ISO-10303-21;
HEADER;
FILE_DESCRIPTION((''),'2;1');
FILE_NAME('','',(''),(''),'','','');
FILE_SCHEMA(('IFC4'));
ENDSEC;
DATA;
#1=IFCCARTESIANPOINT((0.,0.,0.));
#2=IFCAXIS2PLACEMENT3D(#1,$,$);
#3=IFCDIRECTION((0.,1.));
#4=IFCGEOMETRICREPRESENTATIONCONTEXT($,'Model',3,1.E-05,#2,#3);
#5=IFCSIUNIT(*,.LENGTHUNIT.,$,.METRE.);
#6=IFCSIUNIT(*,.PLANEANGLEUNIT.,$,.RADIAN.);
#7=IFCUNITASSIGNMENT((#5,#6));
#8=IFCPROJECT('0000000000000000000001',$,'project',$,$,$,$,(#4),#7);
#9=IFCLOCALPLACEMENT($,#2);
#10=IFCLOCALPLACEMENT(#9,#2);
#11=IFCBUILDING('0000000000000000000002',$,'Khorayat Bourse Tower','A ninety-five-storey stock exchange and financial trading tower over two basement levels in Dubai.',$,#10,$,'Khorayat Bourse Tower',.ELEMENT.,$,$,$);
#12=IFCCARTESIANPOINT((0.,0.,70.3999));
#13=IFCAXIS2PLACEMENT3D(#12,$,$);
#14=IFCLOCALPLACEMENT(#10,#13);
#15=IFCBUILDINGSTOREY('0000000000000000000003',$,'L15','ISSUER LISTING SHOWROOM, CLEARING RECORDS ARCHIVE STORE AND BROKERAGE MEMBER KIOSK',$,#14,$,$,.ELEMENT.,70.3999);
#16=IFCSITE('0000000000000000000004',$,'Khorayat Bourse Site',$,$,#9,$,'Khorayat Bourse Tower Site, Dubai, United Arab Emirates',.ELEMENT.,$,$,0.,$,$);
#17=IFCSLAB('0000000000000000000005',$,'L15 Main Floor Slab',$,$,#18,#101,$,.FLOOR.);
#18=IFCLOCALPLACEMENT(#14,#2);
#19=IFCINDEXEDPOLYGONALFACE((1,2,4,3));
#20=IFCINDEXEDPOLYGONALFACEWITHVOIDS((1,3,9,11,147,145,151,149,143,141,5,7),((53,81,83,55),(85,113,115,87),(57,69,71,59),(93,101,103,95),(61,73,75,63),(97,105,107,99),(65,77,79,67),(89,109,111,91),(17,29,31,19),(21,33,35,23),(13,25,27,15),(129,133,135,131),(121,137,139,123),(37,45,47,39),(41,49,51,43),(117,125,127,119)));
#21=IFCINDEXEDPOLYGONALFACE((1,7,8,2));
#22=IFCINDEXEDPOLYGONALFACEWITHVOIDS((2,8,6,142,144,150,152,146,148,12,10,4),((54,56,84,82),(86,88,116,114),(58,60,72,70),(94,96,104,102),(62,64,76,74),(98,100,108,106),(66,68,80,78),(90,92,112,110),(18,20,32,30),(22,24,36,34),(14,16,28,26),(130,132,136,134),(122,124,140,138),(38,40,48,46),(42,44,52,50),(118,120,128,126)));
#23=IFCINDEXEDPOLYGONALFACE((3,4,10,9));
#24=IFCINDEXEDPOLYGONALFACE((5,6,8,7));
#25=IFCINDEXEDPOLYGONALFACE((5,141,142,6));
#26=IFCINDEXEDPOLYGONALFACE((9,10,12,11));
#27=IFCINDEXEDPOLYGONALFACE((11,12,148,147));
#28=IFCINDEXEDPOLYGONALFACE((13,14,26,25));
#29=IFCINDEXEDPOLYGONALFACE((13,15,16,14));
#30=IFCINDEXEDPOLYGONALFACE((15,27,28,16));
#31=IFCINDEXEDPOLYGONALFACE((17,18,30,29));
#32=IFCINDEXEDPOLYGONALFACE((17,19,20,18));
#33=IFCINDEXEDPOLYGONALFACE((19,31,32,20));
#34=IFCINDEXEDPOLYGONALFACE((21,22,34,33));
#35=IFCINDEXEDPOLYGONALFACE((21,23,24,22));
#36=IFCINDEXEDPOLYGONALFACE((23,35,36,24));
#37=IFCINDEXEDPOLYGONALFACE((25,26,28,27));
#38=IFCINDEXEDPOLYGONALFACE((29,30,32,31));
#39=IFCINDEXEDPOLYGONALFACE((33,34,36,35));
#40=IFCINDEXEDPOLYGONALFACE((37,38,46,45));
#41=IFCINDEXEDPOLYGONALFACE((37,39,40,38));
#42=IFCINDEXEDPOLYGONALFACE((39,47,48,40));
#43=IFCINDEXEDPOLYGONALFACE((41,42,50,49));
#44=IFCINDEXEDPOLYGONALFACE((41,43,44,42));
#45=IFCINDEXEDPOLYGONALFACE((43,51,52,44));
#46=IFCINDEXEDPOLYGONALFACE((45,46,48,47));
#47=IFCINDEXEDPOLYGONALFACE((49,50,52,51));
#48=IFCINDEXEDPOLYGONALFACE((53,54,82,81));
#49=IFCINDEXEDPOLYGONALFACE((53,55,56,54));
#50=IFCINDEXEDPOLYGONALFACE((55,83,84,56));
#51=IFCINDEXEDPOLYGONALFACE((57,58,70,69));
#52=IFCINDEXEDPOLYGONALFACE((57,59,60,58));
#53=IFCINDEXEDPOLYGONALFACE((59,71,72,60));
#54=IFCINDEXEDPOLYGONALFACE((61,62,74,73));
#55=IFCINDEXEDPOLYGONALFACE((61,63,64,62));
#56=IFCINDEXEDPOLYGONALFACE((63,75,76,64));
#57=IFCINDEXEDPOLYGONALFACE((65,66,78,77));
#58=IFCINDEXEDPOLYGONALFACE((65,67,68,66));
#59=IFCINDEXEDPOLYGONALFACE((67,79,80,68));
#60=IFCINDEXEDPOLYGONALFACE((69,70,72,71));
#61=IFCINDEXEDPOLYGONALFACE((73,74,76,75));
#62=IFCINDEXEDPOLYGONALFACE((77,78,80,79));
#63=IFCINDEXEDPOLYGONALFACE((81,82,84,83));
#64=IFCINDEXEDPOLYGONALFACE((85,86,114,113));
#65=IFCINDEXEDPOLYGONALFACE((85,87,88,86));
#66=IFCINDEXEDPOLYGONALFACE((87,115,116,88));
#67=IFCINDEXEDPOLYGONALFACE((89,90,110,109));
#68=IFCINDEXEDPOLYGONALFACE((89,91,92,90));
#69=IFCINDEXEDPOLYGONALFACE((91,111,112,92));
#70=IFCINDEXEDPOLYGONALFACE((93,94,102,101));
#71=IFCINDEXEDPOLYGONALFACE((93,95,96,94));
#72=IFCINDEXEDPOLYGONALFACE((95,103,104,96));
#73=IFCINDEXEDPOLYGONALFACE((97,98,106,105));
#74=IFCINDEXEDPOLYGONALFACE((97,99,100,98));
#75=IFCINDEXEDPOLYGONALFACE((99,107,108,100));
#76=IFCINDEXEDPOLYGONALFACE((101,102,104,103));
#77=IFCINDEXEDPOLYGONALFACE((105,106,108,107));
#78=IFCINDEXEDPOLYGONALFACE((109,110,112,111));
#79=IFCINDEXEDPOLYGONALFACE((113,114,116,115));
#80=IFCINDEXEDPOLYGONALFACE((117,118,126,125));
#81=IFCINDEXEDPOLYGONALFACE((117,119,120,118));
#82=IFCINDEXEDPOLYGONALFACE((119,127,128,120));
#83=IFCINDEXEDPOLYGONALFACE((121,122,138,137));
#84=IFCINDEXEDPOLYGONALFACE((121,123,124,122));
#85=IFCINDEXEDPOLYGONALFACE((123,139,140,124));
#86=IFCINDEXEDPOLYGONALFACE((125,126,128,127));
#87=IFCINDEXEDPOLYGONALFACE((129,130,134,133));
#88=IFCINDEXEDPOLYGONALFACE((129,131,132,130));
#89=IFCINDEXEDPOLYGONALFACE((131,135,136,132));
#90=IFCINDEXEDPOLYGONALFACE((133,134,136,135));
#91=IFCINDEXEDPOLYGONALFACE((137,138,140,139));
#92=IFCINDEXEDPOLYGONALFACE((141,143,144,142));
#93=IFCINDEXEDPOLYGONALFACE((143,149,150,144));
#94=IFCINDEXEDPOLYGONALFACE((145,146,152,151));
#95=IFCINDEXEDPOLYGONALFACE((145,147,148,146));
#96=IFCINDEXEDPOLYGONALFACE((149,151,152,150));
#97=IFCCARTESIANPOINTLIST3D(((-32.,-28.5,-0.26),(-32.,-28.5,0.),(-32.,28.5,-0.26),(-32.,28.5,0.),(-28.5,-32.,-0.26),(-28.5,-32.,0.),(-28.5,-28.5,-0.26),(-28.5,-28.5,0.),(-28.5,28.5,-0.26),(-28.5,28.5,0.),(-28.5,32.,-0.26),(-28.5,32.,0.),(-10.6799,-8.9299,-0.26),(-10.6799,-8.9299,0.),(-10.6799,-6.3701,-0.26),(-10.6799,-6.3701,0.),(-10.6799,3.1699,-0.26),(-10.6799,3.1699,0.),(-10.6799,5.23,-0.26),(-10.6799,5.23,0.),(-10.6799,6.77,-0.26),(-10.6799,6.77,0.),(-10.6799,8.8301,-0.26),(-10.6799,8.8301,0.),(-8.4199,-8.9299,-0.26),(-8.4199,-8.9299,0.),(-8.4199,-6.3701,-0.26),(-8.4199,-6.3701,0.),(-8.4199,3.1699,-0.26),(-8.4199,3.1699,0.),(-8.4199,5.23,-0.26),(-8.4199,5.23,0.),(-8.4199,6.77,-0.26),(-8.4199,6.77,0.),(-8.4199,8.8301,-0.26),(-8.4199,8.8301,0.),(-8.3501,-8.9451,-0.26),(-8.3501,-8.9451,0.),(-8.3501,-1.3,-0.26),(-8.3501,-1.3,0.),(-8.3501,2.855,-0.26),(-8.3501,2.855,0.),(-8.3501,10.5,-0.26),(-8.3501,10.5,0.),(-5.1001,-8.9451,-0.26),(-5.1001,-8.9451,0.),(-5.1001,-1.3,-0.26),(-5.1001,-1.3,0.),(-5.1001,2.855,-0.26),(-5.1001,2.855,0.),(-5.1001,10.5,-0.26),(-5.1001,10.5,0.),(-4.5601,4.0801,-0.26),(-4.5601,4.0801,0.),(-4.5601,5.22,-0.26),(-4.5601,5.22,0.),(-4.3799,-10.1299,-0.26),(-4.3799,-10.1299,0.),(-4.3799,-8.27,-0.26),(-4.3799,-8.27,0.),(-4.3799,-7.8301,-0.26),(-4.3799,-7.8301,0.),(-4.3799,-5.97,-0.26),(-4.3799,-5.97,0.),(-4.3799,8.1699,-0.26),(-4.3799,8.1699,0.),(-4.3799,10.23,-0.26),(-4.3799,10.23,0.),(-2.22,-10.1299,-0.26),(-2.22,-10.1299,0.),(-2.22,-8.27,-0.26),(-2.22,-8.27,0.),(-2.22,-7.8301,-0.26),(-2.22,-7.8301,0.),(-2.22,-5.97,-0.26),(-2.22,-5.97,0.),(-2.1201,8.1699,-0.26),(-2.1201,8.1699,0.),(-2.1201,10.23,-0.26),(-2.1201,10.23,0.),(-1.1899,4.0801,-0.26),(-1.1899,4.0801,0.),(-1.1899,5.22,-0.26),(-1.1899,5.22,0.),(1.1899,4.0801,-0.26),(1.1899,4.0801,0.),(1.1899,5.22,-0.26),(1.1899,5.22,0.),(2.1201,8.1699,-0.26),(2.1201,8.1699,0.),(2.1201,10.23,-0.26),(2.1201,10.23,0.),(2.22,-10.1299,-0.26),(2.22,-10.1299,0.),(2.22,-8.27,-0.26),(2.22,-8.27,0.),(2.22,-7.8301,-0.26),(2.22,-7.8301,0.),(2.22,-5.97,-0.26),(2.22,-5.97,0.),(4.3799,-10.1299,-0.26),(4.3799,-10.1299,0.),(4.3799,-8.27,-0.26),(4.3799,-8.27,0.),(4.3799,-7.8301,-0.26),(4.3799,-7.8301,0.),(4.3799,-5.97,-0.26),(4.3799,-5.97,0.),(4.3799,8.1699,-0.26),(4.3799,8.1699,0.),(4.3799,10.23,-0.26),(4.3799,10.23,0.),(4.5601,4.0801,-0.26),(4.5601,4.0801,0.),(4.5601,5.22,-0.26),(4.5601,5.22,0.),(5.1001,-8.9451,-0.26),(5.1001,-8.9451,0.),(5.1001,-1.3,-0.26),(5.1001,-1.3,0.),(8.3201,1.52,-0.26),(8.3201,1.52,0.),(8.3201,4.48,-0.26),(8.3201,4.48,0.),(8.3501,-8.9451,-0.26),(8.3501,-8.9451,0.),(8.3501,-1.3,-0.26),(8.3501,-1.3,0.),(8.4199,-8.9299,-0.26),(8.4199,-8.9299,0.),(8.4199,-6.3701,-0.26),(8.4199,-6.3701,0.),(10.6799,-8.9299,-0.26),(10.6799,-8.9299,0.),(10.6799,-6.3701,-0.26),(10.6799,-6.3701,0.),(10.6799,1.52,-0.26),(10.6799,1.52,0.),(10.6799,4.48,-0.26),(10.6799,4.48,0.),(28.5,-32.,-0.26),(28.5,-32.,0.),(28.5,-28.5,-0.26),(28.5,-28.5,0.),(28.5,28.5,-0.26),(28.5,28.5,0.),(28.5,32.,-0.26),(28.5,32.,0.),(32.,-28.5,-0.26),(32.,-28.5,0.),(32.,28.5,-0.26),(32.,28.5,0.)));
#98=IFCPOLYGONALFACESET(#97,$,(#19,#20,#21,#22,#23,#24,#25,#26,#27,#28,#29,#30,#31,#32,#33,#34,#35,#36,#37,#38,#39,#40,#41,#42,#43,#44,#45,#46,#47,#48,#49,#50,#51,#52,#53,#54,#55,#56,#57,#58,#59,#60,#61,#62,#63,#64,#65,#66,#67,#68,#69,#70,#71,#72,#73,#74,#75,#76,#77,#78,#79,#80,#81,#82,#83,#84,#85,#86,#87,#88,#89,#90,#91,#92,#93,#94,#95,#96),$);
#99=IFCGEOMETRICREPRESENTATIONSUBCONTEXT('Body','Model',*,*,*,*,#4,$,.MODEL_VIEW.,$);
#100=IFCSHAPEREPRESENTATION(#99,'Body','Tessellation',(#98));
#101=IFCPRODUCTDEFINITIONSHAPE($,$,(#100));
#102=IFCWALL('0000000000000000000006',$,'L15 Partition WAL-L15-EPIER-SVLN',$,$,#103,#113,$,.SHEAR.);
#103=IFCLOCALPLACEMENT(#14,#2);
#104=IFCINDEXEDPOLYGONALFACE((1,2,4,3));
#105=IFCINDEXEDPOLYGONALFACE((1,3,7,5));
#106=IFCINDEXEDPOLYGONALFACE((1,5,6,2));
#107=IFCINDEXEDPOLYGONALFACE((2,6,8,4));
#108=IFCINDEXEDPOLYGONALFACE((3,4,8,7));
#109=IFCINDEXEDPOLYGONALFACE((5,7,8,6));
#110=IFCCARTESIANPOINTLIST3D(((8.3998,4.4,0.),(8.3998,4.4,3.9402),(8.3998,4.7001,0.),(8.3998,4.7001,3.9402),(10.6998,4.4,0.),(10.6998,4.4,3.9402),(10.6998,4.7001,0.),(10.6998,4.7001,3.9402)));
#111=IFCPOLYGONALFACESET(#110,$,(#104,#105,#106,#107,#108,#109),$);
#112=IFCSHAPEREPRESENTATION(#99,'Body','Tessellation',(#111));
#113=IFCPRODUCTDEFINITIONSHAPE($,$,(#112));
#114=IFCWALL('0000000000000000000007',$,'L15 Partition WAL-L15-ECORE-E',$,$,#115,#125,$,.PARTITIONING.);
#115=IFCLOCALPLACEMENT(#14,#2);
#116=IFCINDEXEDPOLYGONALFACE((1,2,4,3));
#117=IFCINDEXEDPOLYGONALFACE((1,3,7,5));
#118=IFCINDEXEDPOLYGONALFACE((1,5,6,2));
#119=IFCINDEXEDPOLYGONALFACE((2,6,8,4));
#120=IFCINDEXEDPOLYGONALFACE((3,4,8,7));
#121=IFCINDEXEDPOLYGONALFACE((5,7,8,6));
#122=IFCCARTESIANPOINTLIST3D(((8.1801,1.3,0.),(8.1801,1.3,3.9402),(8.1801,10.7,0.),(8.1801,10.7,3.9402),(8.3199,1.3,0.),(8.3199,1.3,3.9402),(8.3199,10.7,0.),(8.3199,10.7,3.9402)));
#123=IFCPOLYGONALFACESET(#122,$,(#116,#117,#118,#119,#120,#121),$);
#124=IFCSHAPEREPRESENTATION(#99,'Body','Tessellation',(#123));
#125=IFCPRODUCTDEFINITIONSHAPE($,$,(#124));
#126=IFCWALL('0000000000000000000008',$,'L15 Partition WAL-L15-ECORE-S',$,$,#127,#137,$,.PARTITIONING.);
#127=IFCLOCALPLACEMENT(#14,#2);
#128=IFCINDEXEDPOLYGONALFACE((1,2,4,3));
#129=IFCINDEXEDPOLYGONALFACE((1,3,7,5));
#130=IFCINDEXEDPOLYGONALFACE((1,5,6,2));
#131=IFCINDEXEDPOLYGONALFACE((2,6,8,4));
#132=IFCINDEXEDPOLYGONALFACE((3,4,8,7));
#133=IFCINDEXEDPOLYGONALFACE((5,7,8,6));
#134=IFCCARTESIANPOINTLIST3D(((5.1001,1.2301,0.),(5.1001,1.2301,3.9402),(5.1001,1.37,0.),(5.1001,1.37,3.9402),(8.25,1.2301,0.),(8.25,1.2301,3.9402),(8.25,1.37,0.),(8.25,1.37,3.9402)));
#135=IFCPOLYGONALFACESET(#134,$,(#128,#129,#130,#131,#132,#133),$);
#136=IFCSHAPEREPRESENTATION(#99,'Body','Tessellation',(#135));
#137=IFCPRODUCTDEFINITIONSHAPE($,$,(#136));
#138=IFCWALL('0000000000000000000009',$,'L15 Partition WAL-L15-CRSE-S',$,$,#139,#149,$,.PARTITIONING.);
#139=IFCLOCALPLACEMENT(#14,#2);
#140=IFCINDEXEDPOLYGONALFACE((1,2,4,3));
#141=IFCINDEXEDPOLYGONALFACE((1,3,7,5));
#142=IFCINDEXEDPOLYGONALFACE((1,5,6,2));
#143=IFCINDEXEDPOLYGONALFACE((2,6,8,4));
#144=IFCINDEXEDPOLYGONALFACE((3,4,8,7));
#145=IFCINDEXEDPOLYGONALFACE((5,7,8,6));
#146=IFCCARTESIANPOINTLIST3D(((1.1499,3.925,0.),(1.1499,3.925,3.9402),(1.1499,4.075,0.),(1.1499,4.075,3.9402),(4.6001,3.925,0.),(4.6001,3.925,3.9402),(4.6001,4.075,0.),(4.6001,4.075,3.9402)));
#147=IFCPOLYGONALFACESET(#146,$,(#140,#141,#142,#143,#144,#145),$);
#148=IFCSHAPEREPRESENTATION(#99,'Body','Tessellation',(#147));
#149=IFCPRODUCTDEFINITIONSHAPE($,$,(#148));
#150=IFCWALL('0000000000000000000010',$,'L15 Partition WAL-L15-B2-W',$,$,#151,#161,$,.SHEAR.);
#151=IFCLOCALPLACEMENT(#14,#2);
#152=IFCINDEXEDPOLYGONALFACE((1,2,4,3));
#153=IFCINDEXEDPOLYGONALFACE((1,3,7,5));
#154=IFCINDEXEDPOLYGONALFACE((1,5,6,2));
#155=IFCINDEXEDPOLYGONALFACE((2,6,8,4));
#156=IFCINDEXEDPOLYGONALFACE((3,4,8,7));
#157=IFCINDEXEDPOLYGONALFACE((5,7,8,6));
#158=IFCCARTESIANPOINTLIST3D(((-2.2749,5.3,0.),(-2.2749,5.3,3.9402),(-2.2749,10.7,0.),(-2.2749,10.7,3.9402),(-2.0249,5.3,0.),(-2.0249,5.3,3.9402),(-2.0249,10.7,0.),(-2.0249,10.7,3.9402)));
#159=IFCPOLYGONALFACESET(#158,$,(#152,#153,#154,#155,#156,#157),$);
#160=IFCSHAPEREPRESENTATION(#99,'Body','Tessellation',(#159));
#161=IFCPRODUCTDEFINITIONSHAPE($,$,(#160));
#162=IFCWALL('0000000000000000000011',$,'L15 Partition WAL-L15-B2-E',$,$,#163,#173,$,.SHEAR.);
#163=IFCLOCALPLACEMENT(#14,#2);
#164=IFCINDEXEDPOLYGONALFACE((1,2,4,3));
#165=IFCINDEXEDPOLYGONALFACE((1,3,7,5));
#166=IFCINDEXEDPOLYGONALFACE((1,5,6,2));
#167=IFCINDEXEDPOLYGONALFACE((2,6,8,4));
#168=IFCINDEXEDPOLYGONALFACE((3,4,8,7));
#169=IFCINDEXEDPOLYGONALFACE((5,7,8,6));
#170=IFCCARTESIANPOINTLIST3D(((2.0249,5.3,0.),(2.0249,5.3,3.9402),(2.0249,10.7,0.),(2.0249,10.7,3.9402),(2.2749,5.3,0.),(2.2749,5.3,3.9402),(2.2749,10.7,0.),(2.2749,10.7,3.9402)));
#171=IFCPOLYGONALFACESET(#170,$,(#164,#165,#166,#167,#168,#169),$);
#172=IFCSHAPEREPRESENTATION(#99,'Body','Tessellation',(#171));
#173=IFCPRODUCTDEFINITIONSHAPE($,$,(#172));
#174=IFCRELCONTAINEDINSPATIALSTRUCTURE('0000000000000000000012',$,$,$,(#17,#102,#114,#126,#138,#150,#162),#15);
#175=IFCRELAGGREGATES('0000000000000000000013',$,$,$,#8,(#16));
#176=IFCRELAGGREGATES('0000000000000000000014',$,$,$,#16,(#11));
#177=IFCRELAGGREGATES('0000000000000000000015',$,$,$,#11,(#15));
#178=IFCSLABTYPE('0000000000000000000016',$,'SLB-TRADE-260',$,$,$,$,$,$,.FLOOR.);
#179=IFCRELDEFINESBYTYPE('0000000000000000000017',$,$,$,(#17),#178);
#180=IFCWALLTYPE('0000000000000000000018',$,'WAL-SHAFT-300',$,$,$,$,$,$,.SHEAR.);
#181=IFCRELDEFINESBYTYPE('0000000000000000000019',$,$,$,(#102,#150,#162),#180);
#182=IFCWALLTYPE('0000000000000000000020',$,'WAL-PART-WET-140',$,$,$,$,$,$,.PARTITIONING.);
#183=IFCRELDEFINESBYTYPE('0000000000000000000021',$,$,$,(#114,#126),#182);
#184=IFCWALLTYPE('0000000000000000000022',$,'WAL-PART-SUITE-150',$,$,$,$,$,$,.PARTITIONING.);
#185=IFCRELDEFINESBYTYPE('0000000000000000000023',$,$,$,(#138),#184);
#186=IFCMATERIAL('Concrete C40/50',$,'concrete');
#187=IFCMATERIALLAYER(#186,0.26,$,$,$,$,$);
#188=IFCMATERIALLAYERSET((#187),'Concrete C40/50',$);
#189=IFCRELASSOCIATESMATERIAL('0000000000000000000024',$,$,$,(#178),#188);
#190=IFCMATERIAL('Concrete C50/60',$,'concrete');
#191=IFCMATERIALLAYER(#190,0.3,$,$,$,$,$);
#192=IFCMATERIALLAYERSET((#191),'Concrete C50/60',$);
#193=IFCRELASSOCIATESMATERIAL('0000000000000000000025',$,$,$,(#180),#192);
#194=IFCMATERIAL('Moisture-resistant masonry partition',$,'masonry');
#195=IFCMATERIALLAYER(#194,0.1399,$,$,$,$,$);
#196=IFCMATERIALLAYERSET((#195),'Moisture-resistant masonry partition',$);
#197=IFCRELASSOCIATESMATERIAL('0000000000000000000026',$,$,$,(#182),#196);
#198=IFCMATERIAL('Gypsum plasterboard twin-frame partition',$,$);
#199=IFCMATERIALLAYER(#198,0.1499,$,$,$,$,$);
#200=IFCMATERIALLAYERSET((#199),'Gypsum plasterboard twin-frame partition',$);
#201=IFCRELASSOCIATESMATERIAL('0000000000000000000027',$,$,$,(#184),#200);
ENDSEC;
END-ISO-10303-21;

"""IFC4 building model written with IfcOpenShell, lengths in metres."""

from ifc_helpers import new_model, si_unit, direction, frame, frame_2d, origin, place, context, subcontext, project, spatial, polyline, rectangle, outline, extrude, source, transform, mapped, material, layer, layer_set, type_object, element, save


model = new_model("IFC4")

# Units and contexts
model_context = context("Model", 3, precision=1e-05, world=origin(), true_north=direction((0.0, 1.0)))
body_context = subcontext(model_context, "Body", "Model", "MODEL_VIEW")
ifc_project = project(units=[si_unit("LENGTHUNIT", "METRE"), si_unit("PLANEANGLEUNIT", "RADIAN")], contexts=[model_context])

# Site, building, storey
site_placement = place(None, origin())
site = spatial("IfcSite", under=ifc_project, at=site_placement, Name="Khorayat Bourse Site", LongName="Khorayat Bourse Tower Site, Dubai, United Arab Emirates", CompositionType="ELEMENT", RefElevation=0.0)
building_placement = place(site_placement, origin())
building = spatial("IfcBuilding", under=site, at=building_placement, Name="Khorayat Bourse Tower", Description="A ninety-five-storey stock exchange and financial trading tower over two basement levels in Dubai.", LongName="Khorayat Bourse Tower", CompositionType="ELEMENT")
storey_placement = place(building_placement, frame((0.0, 0.0, 70.3999)))
storey = spatial("IfcBuildingStorey", under=building, at=storey_placement, Name="L15", Description="ISSUER LISTING SHOWROOM, CLEARING RECORDS ARCHIVE STORE AND BROKERAGE MEMBER KIOSK", CompositionType="ELEMENT", Elevation=70.3999)

# Shared definitions
ifc_material_1 = material(Name="Concrete C40/50", Category="concrete")

# Slab
ifc_layer_1 = layer(ifc_material_1, 0.26)
ifc_layer_set_1 = layer_set([ifc_layer_1], Name="Concrete C40/50")
slab_type_1 = type_object("IfcSlabType", Name="SLB-TRADE-260", PredefinedType="FLOOR", material=ifc_layer_set_1)
slab_1_placement = place(storey_placement, frame((0.0, 0.0, -0.26)))
element("IfcSlab", 1, at=slab_1_placement, inside=storey, type_object=slab_type_1, Name="L15 Main Floor Slab", PredefinedType="FLOOR", context=body_context, shape_type="SweptSolid", body=[
    extrude(outline(polyline([(-28.5, -32.0), (28.5, -32.0), (28.5, -28.5), (32.0, -28.5), (32.0, 28.5), (28.5, 28.5), (28.5, 32.0), (-28.5, 32.0), (-28.5, 28.5), (-32.0, 28.5), (-32.0, -28.5), (-28.5, -28.5), (-28.5, -32.0)]), holes=[polyline([(-8.3501, -8.9451), (-5.1001, -8.9451), (-5.1001, -1.3), (-8.3501, -1.3), (-8.3501, -8.9451)]), polyline([(-8.3501, 2.855), (-5.1001, 2.855), (-5.1001, 10.5), (-8.3501, 10.5), (-8.3501, 2.855)]), polyline([(5.1001, -8.9451), (8.3501, -8.9451), (8.3501, -1.3), (5.1001, -1.3), (5.1001, -8.9451)]), polyline([(-4.3799, -10.1299), (-2.22, -10.1299), (-2.22, -8.27), (-4.3799, -8.27), (-4.3799, -10.1299)]), polyline([(2.22, -10.1299), (4.3799, -10.1299), (4.3799, -8.27), (2.22, -8.27), (2.22, -10.1299)]), polyline([(-4.3799, -7.8301), (-2.22, -7.8301), (-2.22, -5.97), (-4.3799, -5.97), (-4.3799, -7.8301)]), polyline([(2.22, -7.8301), (4.3799, -7.8301), (4.3799, -5.97), (2.22, -5.97), (2.22, -7.8301)]), polyline([(-4.3799, 8.1699), (-2.1201, 8.1699), (-2.1201, 10.23), (-4.3799, 10.23), (-4.3799, 8.1699)]), polyline([(2.1201, 8.1699), (4.3799, 8.1699), (4.3799, 10.23), (2.1201, 10.23), (2.1201, 8.1699)]), polyline([(-10.6799, 3.1699), (-8.4199, 3.1699), (-8.4199, 5.23), (-10.6799, 5.23), (-10.6799, 3.1699)]), polyline([(-10.6799, 6.77), (-8.4199, 6.77), (-8.4199, 8.8301), (-10.6799, 8.8301), (-10.6799, 6.77)]), polyline([(-10.6799, -8.9299), (-8.4199, -8.9299), (-8.4199, -6.3701), (-10.6799, -6.3701), (-10.6799, -8.9299)]), polyline([(8.4199, -8.9299), (10.6799, -8.9299), (10.6799, -6.3701), (8.4199, -6.3701), (8.4199, -8.9299)]), polyline([(8.3201, 1.52), (10.6799, 1.52), (10.6799, 4.48), (8.3201, 4.48), (8.3201, 1.52)]), polyline([(-4.5601, 4.0801), (-1.1899, 4.0801), (-1.1899, 5.22), (-4.5601, 5.22), (-4.5601, 4.0801)]), polyline([(1.1899, 4.0801), (4.5601, 4.0801), (4.5601, 5.22), (1.1899, 5.22), (1.1899, 4.0801)])]), origin(), (0.0, 0.0, 1.0), 0.26),
])

# Walls
ifc_material_2 = material(Name="Concrete C50/60", Category="concrete")
ifc_layer_2 = layer(ifc_material_2, 0.3)
ifc_layer_set_2 = layer_set([ifc_layer_2], Name="Concrete C50/60")
wall_type_1 = type_object("IfcWallType", Name="WAL-SHAFT-300", PredefinedType="SHEAR", material=ifc_layer_set_2)
shared_shape_1 = source(origin(), body_context, "Body", "SweptSolid", [
    extrude(rectangle(XDim=2.3, YDim=0.3, at=frame_2d((1.1499, 0.0))), origin(), (0.0, 0.0, 1.0), 3.9402),
])
wall_1_placement = place(storey_placement, frame((8.3999, 4.55, 0.0), z_axis=(0.0, 0.0, 1.0), x_axis=(1.0, 0.0, 0.0)))
element("IfcWall", 2, at=wall_1_placement, inside=storey, type_object=wall_type_1, Name="L15 Partition WAL-L15-EPIER-SVLN", PredefinedType="SHEAR", context=body_context, shape_type="MappedRepresentation", body=[
    mapped(shared_shape_1, transform((0.0, 0.0, 0.0), scale=1.0)),
])
ifc_material_3 = material(Name="Moisture-resistant masonry partition", Category="masonry")
ifc_layer_3 = layer(ifc_material_3, 0.1399)
ifc_layer_set_3 = layer_set([ifc_layer_3], Name="Moisture-resistant masonry partition")
wall_type_2 = type_object("IfcWallType", Name="WAL-PART-WET-140", PredefinedType="PARTITIONING", material=ifc_layer_set_3)
shared_shape_2 = source(origin(), body_context, "Body", "SweptSolid", [
    extrude(rectangle(XDim=9.3999, YDim=0.1399, at=frame_2d((4.7, 0.0))), origin(), (0.0, 0.0, 1.0), 3.9402),
])
wall_2_placement = place(storey_placement, frame((8.25, 1.3, 0.0), z_axis=(0.0, 0.0, 1.0), x_axis=(0.0, 1.0, 0.0)))
element("IfcWall", 3, at=wall_2_placement, inside=storey, type_object=wall_type_2, Name="L15 Partition WAL-L15-ECORE-E", PredefinedType="PARTITIONING", context=body_context, shape_type="MappedRepresentation", body=[
    mapped(shared_shape_2, transform((0.0, 0.0, 0.0), scale=1.0)),
])
shared_shape_3 = source(origin(), body_context, "Body", "SweptSolid", [
    extrude(rectangle(XDim=3.1499, YDim=0.1399, at=frame_2d((1.575, 0.0))), origin(), (0.0, 0.0, 1.0), 3.9402),
])
wall_3_placement = place(storey_placement, frame((5.1001, 1.3, 0.0), z_axis=(0.0, 0.0, 1.0), x_axis=(1.0, 0.0, 0.0)))
element("IfcWall", 4, at=wall_3_placement, inside=storey, type_object=wall_type_2, Name="L15 Partition WAL-L15-ECORE-S", PredefinedType="PARTITIONING", context=body_context, shape_type="MappedRepresentation", body=[
    mapped(shared_shape_3, transform((0.0, 0.0, 0.0), scale=1.0)),
])

# Walls
ifc_material_4 = material(Name="Gypsum plasterboard twin-frame partition")
ifc_layer_4 = layer(ifc_material_4, 0.1499)
ifc_layer_set_4 = layer_set([ifc_layer_4], Name="Gypsum plasterboard twin-frame partition")
wall_type_3 = type_object("IfcWallType", Name="WAL-PART-SUITE-150", PredefinedType="PARTITIONING", material=ifc_layer_set_4)
shared_shape_4 = source(origin(), body_context, "Body", "SweptSolid", [
    extrude(rectangle(XDim=3.4502, YDim=0.1499, at=frame_2d((1.7251, 0.0))), origin(), (0.0, 0.0, 1.0), 3.9402),
])
wall_4_placement = place(storey_placement, frame((1.1499, 4.0, 0.0), z_axis=(0.0, 0.0, 1.0), x_axis=(1.0, 0.0, 0.0)))
element("IfcWall", 5, at=wall_4_placement, inside=storey, type_object=wall_type_3, Name="L15 Partition WAL-L15-CRSE-S", PredefinedType="PARTITIONING", context=body_context, shape_type="MappedRepresentation", body=[
    mapped(shared_shape_4, transform((0.0, 0.0, 0.0), scale=1.0)),
])
shared_shape_5 = source(origin(), body_context, "Body", "SweptSolid", [
    extrude(rectangle(XDim=5.3999, YDim=0.25, at=frame_2d((2.7, 0.0))), origin(), (0.0, 0.0, 1.0), 3.9402),
])
for number, where, z_axis, x_axis, name in (
    (6, (-2.1499, 5.3, 0.0), (0.0, 0.0, 1.0), (0.0, 1.0, 0.0), "L15 Partition WAL-L15-B2-W"),
    (7, (2.1499, 5.3, 0.0), (0.0, 0.0, 1.0), (0.0, 1.0, 0.0), "L15 Partition WAL-L15-B2-E"),
):
    element("IfcWall", number, at=place(storey_placement, frame(where, z_axis=z_axis, x_axis=x_axis)), inside=storey, type_object=wall_type_1, Name=name, PredefinedType="SHEAR", context=body_context, shape_type="MappedRepresentation", body=[
        mapped(shared_shape_5, transform((0.0, 0.0, 0.0), scale=1.0)),
    ])

save(model, "model.ifc")
